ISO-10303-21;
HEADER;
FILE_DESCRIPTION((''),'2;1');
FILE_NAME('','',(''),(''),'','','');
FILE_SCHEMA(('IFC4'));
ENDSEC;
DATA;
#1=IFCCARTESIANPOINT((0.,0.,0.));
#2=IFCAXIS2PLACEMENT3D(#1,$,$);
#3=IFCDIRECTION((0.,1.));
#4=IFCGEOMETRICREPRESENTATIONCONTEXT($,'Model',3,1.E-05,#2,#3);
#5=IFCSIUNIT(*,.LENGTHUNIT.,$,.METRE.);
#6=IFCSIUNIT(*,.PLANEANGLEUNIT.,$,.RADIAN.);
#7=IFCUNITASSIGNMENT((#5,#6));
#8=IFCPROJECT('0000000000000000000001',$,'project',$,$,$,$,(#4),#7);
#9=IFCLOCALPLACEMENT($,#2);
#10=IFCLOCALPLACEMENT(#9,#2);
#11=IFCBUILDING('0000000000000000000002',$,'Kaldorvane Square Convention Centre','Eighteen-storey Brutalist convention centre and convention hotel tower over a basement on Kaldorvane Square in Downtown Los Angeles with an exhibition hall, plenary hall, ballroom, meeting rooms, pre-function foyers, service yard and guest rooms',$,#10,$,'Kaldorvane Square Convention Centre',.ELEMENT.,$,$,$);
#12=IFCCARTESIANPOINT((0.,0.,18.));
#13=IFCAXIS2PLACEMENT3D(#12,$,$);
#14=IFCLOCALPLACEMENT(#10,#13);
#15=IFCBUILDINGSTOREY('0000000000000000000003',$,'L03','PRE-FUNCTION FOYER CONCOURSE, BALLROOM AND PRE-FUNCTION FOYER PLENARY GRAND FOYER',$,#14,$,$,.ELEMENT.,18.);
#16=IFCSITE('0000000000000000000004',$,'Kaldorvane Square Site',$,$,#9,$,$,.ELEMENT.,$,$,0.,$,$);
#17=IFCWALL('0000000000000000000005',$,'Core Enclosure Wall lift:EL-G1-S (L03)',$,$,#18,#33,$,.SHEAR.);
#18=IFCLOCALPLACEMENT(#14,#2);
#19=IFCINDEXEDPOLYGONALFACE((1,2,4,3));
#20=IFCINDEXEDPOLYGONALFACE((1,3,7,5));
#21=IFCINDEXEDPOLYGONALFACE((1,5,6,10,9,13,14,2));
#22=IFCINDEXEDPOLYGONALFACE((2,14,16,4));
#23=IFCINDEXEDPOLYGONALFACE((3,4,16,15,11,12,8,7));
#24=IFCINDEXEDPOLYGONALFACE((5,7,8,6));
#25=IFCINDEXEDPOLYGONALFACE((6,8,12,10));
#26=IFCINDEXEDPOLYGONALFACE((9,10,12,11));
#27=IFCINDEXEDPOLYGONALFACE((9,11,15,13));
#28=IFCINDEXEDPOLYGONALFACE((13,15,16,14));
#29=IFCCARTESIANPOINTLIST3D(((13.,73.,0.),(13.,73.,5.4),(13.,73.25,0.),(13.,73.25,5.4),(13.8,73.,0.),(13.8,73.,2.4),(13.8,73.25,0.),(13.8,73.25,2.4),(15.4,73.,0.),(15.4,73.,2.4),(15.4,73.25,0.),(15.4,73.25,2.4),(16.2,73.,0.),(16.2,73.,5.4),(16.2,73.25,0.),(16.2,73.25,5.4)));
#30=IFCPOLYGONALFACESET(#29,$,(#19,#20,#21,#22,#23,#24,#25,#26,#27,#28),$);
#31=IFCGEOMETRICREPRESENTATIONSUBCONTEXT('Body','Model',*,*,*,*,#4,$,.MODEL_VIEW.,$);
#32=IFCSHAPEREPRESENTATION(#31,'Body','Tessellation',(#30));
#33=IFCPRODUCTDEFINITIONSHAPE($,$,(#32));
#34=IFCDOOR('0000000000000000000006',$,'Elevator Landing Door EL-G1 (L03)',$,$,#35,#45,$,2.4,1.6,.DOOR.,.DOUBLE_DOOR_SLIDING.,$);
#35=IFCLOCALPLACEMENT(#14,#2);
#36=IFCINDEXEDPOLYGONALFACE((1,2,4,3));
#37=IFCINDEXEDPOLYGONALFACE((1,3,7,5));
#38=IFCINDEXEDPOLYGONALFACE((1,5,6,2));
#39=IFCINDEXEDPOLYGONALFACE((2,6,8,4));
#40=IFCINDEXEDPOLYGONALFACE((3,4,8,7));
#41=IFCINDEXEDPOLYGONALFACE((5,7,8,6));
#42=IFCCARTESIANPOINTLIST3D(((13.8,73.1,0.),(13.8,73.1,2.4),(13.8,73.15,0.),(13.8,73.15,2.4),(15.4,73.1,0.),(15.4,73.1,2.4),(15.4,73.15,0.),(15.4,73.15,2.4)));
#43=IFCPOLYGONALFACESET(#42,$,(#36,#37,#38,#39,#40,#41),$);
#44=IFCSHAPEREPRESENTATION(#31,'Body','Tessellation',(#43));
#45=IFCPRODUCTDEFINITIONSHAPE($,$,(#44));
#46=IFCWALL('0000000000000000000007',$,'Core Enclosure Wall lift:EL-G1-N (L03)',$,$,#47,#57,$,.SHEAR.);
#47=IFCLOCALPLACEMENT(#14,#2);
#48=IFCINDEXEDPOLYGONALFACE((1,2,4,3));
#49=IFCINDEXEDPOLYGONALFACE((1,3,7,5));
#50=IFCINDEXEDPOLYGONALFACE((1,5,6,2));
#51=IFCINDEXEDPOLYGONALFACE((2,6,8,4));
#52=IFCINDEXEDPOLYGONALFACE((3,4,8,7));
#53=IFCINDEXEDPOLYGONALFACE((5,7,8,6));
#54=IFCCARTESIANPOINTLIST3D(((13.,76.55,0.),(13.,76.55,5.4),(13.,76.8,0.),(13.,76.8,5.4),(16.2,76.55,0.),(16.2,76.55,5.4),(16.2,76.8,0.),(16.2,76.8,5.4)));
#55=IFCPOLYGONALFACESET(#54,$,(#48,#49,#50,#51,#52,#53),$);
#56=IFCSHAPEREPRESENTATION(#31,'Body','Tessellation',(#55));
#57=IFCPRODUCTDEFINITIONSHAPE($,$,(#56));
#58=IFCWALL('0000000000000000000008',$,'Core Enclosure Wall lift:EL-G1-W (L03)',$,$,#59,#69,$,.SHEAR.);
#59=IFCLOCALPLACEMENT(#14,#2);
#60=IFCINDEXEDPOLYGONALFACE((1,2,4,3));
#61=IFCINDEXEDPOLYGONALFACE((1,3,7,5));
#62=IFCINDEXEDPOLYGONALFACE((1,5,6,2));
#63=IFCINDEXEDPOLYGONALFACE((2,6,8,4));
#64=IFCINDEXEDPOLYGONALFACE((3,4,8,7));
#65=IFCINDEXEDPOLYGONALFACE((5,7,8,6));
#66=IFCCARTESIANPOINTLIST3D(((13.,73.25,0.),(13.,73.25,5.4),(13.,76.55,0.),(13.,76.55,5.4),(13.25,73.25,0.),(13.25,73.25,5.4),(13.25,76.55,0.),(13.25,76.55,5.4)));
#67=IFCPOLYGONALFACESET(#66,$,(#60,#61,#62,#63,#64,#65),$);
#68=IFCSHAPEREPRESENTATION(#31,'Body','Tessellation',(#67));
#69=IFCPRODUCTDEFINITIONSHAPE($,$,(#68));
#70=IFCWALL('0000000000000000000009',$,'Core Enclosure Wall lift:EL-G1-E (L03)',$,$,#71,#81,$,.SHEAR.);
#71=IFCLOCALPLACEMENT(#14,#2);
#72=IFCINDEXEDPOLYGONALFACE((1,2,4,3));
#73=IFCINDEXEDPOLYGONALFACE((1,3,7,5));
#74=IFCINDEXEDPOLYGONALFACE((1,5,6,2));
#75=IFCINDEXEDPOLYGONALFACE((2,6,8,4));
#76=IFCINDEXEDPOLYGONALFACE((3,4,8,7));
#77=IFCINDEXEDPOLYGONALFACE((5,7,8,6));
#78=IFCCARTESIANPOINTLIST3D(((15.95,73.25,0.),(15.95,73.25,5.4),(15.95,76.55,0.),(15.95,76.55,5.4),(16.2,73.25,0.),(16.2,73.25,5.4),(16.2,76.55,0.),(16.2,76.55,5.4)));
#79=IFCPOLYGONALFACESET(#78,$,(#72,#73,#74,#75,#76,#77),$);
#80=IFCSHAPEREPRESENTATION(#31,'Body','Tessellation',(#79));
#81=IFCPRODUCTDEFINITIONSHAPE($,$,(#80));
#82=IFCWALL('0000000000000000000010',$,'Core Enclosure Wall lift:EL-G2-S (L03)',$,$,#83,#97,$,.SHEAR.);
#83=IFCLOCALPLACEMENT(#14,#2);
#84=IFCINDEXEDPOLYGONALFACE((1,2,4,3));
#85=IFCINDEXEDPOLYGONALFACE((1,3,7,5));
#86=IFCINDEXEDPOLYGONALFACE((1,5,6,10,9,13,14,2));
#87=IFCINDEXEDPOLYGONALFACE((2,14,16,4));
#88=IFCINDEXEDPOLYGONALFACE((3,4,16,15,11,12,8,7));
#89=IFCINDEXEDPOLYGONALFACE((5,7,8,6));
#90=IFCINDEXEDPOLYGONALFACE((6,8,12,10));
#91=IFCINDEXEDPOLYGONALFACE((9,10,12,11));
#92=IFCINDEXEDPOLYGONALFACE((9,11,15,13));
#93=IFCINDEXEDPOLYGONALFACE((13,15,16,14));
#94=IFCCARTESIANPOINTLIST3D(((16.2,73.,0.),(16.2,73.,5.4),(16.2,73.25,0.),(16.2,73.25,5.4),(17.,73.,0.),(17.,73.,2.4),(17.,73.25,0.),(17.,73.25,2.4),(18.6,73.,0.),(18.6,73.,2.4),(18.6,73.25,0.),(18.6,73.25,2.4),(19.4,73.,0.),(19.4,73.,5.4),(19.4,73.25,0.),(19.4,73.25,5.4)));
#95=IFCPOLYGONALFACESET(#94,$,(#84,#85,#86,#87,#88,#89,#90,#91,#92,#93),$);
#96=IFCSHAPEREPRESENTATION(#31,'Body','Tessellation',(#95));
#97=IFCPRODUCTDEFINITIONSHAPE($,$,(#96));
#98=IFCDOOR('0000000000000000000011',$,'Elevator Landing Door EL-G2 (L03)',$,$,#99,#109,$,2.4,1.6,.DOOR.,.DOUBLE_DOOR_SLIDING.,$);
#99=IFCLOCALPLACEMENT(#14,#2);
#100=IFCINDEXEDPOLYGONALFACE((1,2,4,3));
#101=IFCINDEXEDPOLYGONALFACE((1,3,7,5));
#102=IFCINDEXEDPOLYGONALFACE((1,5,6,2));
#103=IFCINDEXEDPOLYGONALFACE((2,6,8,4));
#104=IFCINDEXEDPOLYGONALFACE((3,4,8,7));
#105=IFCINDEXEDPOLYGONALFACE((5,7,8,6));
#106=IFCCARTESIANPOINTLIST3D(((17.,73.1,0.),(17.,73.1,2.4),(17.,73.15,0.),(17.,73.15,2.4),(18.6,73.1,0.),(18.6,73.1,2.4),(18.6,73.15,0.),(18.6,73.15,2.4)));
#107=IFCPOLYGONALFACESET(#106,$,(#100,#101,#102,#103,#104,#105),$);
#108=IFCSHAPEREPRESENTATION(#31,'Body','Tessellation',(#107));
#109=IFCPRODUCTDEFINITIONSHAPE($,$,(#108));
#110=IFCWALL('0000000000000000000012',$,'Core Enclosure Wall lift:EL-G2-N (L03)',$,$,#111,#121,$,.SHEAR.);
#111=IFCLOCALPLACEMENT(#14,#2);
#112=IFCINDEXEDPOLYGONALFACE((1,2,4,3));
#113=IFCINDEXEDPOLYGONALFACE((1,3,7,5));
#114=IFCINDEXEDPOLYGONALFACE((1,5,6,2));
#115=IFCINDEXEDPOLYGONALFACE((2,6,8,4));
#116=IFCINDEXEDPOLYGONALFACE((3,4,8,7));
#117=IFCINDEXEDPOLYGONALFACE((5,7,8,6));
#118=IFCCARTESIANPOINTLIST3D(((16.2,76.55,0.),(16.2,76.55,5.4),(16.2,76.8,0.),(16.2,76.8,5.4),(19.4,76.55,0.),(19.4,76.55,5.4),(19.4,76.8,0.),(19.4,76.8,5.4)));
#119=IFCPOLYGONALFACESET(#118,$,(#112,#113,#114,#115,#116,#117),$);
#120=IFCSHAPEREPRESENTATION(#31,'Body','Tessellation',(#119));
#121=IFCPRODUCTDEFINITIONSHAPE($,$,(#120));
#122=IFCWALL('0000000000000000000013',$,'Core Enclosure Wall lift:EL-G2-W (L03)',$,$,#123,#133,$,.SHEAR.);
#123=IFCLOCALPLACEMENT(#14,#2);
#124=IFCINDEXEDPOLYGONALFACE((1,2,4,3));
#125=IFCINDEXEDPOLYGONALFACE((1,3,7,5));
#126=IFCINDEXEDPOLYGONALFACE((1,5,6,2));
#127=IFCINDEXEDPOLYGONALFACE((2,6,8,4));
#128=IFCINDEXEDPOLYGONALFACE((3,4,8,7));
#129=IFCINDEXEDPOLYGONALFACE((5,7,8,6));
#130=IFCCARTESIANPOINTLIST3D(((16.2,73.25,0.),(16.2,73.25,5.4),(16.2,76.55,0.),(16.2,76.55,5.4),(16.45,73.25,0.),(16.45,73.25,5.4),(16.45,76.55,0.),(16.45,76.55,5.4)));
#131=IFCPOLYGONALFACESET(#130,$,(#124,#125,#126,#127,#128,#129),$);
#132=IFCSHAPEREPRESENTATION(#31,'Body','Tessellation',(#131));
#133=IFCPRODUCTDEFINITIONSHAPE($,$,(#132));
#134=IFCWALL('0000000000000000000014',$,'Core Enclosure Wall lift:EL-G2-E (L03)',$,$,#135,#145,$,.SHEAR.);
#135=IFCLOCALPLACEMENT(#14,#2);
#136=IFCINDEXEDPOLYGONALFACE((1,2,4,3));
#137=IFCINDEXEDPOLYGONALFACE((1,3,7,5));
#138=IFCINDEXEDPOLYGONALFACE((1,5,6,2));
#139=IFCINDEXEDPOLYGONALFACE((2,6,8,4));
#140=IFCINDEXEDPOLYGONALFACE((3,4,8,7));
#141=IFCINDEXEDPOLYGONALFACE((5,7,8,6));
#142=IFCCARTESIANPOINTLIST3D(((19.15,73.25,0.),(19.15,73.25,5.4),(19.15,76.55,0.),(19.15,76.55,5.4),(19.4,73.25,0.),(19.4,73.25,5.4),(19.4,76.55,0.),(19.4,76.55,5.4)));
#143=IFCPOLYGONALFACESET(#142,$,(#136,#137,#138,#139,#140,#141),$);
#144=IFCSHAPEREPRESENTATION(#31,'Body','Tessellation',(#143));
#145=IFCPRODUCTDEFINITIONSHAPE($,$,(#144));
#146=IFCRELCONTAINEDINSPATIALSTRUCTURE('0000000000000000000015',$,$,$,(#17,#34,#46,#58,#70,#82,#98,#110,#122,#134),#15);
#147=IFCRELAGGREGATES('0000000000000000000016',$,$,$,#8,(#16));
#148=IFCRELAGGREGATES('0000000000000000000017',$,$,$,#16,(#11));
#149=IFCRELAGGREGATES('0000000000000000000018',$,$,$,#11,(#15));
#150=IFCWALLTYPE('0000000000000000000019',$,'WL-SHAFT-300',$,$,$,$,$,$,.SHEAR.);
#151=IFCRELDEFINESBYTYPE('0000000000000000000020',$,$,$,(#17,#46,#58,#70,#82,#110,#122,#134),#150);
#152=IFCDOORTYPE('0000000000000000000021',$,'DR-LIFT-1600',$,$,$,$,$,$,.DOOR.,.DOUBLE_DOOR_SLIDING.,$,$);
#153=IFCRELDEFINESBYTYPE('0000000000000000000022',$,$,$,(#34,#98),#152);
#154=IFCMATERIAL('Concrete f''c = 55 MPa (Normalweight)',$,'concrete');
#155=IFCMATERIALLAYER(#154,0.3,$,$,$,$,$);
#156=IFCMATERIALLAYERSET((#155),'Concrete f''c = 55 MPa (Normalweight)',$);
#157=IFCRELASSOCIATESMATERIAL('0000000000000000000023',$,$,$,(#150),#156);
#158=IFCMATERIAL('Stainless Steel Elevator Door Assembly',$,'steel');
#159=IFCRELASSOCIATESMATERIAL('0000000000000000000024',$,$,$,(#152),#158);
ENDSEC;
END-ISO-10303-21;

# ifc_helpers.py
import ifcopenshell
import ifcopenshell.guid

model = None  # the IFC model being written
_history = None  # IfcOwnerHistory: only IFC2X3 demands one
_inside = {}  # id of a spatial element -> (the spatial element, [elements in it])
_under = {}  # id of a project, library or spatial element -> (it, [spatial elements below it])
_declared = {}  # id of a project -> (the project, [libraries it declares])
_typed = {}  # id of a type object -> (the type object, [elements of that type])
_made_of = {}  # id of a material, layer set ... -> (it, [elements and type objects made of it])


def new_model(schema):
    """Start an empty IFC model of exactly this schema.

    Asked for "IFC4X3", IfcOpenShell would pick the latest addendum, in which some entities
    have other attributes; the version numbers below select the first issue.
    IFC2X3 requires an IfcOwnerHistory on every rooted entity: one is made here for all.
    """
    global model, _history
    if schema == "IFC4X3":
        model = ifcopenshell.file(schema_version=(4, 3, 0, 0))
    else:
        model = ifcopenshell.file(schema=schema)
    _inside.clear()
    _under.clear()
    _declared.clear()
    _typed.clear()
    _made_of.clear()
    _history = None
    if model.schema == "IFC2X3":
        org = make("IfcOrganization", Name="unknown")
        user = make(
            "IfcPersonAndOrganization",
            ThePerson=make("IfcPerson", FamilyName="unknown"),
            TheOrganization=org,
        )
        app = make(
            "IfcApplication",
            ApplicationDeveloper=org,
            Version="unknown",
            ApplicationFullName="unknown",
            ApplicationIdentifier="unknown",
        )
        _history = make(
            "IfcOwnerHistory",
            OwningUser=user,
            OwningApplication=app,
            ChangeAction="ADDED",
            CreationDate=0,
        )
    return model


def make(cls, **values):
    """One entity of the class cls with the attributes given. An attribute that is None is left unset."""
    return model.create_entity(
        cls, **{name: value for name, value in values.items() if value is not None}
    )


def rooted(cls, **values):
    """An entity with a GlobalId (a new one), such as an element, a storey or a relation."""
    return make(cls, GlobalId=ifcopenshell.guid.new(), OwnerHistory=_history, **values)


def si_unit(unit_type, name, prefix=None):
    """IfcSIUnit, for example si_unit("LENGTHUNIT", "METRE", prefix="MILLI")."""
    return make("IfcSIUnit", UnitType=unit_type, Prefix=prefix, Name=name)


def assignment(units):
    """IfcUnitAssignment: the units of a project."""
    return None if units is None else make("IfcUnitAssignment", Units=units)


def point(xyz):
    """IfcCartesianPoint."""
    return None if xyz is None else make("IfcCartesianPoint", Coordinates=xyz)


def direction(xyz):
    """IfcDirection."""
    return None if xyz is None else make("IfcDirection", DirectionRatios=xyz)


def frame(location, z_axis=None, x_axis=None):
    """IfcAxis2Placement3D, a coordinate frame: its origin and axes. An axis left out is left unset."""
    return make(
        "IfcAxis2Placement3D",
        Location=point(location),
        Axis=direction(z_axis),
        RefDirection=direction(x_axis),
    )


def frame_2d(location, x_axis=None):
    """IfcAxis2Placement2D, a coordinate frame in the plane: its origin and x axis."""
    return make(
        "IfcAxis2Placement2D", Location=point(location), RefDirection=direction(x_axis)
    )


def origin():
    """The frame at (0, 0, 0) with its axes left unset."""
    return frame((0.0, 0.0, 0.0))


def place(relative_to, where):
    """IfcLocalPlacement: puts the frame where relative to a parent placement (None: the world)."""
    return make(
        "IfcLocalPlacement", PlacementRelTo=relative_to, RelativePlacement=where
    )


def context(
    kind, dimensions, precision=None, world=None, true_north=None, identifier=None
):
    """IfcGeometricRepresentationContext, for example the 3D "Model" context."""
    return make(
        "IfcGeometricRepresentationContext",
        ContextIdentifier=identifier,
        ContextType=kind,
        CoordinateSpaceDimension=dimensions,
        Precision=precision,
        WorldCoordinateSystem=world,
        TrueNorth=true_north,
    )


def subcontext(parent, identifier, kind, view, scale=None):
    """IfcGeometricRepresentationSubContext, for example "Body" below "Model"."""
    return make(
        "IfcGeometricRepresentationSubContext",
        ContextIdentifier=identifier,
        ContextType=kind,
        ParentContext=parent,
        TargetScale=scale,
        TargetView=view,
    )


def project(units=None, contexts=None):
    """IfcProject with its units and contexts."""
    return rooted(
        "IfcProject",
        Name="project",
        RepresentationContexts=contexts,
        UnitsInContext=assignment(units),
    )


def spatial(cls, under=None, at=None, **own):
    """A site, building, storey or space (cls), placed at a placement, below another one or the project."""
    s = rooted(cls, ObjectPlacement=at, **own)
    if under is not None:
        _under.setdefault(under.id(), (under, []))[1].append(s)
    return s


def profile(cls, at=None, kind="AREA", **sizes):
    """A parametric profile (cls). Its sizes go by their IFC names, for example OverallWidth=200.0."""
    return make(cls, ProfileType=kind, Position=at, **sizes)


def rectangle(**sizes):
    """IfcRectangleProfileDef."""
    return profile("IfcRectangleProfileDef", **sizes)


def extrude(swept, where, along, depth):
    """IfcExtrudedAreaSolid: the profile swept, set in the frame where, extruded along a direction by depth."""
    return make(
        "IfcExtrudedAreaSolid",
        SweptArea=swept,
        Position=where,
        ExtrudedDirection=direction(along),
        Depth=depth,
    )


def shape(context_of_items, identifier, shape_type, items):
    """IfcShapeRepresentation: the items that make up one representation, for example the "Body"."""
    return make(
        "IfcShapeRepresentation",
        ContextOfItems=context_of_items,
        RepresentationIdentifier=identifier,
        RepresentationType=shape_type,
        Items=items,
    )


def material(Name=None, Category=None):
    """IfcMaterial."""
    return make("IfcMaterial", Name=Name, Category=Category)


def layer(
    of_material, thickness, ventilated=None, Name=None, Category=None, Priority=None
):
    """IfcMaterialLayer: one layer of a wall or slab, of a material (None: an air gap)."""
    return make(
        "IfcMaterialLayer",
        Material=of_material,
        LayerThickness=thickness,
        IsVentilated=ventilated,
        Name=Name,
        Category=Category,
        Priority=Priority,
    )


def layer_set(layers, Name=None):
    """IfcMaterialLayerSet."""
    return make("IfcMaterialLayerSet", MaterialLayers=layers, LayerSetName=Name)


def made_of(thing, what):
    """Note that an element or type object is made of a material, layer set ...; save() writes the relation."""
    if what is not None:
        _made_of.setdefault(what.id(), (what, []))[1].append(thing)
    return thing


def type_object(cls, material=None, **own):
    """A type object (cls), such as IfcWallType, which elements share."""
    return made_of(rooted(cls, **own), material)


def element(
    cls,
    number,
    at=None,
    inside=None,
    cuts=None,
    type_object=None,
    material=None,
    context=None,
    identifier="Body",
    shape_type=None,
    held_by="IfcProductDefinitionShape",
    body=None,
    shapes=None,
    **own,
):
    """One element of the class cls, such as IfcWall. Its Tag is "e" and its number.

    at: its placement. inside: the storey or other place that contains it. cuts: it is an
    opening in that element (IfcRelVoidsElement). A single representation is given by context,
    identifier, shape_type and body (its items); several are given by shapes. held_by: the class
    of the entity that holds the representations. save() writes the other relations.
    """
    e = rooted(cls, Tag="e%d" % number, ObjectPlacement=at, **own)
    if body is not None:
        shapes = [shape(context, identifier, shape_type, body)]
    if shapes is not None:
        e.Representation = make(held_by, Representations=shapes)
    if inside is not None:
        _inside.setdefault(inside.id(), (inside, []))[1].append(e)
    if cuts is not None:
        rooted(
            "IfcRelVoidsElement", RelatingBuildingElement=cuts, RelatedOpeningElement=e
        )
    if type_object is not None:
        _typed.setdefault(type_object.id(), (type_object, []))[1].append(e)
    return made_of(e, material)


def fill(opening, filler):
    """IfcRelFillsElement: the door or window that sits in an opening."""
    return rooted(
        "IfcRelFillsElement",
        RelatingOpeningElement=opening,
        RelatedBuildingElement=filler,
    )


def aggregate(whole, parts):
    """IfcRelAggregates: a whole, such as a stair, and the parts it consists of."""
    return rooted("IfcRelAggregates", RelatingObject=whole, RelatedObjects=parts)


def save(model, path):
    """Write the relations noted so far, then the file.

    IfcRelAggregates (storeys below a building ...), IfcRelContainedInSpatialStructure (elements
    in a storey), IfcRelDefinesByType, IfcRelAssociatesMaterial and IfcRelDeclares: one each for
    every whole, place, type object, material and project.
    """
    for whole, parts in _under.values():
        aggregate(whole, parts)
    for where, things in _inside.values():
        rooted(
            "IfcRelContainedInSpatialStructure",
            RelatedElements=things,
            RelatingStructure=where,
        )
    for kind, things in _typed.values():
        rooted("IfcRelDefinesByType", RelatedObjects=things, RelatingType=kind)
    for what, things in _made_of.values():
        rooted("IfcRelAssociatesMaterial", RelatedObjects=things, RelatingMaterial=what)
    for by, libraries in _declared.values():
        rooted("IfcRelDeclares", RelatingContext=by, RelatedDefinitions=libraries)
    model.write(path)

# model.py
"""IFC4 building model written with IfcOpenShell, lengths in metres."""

from ifc_helpers import new_model, si_unit, direction, frame, frame_2d, origin, place, context, subcontext, project, spatial, rectangle, extrude, material, layer, layer_set, type_object, element, fill, save


model = new_model("IFC4")

# Units and contexts
model_context = context("Model", 3, precision=1e-05, world=origin(), true_north=direction((0.0, 1.0)))
body_context = subcontext(model_context, "Body", "Model", "MODEL_VIEW")
ifc_project = project(units=[si_unit("LENGTHUNIT", "METRE"), si_unit("PLANEANGLEUNIT", "RADIAN")], contexts=[model_context])

# Site, building, storey
site_placement = place(None, origin())
site = spatial("IfcSite", under=ifc_project, at=site_placement, Name="Kaldorvane Square Site", CompositionType="ELEMENT", RefElevation=0.0)
building_placement = place(site_placement, origin())
building = spatial("IfcBuilding", under=site, at=building_placement, Name="Kaldorvane Square Convention Centre", Description="Eighteen-storey Brutalist convention centre and convention hotel tower over a basement on Kaldorvane Square in Downtown Los Angeles with an exhibition hall, plenary hall, ballroom, meeting rooms, pre-function foyers, service yard and guest rooms", LongName="Kaldorvane Square Convention Centre", CompositionType="ELEMENT")
storey_placement = place(building_placement, frame((0.0, 0.0, 18.0)))
storey = spatial("IfcBuildingStorey", under=building, at=storey_placement, Name="L03", Description="PRE-FUNCTION FOYER CONCOURSE, BALLROOM AND PRE-FUNCTION FOYER PLENARY GRAND FOYER", CompositionType="ELEMENT", Elevation=18.0)

# Shared definitions
ifc_material_1 = material(Name="Concrete f'c = 55 MPa (Normalweight)", Category="concrete")

# Wall, opening, door
ifc_layer_1 = layer(ifc_material_1, 0.3)
ifc_layer_set_1 = layer_set([ifc_layer_1], Name="Concrete f'c = 55 MPa (Normalweight)")
wall_type_1 = type_object("IfcWallType", Name="WL-SHAFT-300", PredefinedType="SHEAR", material=ifc_layer_set_1)
wall_1_placement = place(storey_placement, frame((13.0, 73.125, 0.0), z_axis=(0.0, 0.0, 1.0), x_axis=(1.0, 0.0, 0.0)))
wall_1 = element("IfcWall", 1, at=wall_1_placement, inside=storey, type_object=wall_type_1, Name="Core Enclosure Wall lift:EL-G1-S (L03)", PredefinedType="SHEAR", context=body_context, shape_type="SweptSolid", body=[
    extrude(rectangle(XDim=3.2, YDim=0.25, at=frame_2d((1.6, 0.0))), origin(), (0.0, 0.0, 1.0), 5.4),
])
opening_1_placement = place(wall_1_placement, frame((0.8, 0.0, 0.0)))
opening_1 = element("IfcOpeningElement", 2, at=opening_1_placement, cuts=wall_1, PredefinedType="OPENING", context=body_context, shape_type="SweptSolid", body=[
    extrude(rectangle(XDim=1.6, YDim=2.4, at=frame_2d((0.8, 1.2))), frame((0.0, 0.14, 0.0), z_axis=(0.0, -1.0, 0.0), x_axis=(1.0, 0.0, 0.0)), (0.0, 0.0, 1.0), 0.28),
])
ifc_material_2 = material(Name="Stainless Steel Elevator Door Assembly", Category="steel")
door_type_1 = type_object("IfcDoorType", Name="DR-LIFT-1600", OperationType="DOUBLE_DOOR_SLIDING", PredefinedType="DOOR", material=ifc_material_2)
door_1_placement = place(opening_1_placement, origin())
door_1 = element("IfcDoor", 3, at=door_1_placement, inside=storey, type_object=door_type_1, Name="Elevator Landing Door EL-G1 (L03)", OperationType="DOUBLE_DOOR_SLIDING", OverallHeight=2.4, OverallWidth=1.6, PredefinedType="DOOR", context=body_context, shape_type="SweptSolid", body=[
    extrude(rectangle(XDim=1.6, YDim=2.4, at=frame_2d((0.8, 1.2))), frame((0.0, 0.025, 0.0), z_axis=(0.0, -1.0, 0.0), x_axis=(1.0, 0.0, 0.0)), (0.0, 0.0, 1.0), 0.05),
])
fill(opening_1, door_1)

# Walls
wall_2_placement = place(storey_placement, frame((16.2, 76.675, 0.0), z_axis=(0.0, 0.0, 1.0), x_axis=(-1.0, 0.0, 0.0)))
element("IfcWall", 4, at=wall_2_placement, inside=storey, type_object=wall_type_1, Name="Core Enclosure Wall lift:EL-G1-N (L03)", PredefinedType="SHEAR", context=body_context, shape_type="SweptSolid", body=[
    extrude(rectangle(XDim=3.2, YDim=0.25, at=frame_2d((1.6, 0.0))), origin(), (0.0, 0.0, 1.0), 5.4),
])
for number, where, z_axis, x_axis, name in (
    (5, (13.125, 76.55, 0.0), (0.0, 0.0, 1.0), (0.0, -1.0, 0.0), "Core Enclosure Wall lift:EL-G1-W (L03)"),
    (6, (16.075, 73.25, 0.0), (0.0, 0.0, 1.0), (0.0, 1.0, 0.0), "Core Enclosure Wall lift:EL-G1-E (L03)"),
):
    element("IfcWall", number, at=place(storey_placement, frame(where, z_axis=z_axis, x_axis=x_axis)), inside=storey, type_object=wall_type_1, Name=name, PredefinedType="SHEAR", context=body_context, shape_type="SweptSolid", body=[
        extrude(rectangle(XDim=3.3, YDim=0.25, at=frame_2d((1.65, 0.0))), origin(), (0.0, 0.0, 1.0), 5.4),
    ])

# Wall, opening, door
wall_3_placement = place(storey_placement, frame((16.2, 73.125, 0.0), z_axis=(0.0, 0.0, 1.0), x_axis=(1.0, 0.0, 0.0)))
wall_3 = element("IfcWall", 7, at=wall_3_placement, inside=storey, type_object=wall_type_1, Name="Core Enclosure Wall lift:EL-G2-S (L03)", PredefinedType="SHEAR", context=body_context, shape_type="SweptSolid", body=[
    extrude(rectangle(XDim=3.2, YDim=0.25, at=frame_2d((1.6, 0.0))), origin(), (0.0, 0.0, 1.0), 5.4),
])
opening_2_placement = place(wall_3_placement, frame((0.8, 0.0, 0.0)))
opening_2 = element("IfcOpeningElement", 8, at=opening_2_placement, cuts=wall_3, PredefinedType="OPENING", context=body_context, shape_type="SweptSolid", body=[
    extrude(rectangle(XDim=1.6, YDim=2.4, at=frame_2d((0.8, 1.2))), frame((0.0, 0.14, 0.0), z_axis=(0.0, -1.0, 0.0), x_axis=(1.0, 0.0, 0.0)), (0.0, 0.0, 1.0), 0.28),
])
door_2_placement = place(opening_2_placement, origin())
door_2 = element("IfcDoor", 9, at=door_2_placement, inside=storey, type_object=door_type_1, Name="Elevator Landing Door EL-G2 (L03)", OperationType="DOUBLE_DOOR_SLIDING", OverallHeight=2.4, OverallWidth=1.6, PredefinedType="DOOR", context=body_context, shape_type="SweptSolid", body=[
    extrude(rectangle(XDim=1.6, YDim=2.4, at=frame_2d((0.8, 1.2))), frame((0.0, 0.025, 0.0), z_axis=(0.0, -1.0, 0.0), x_axis=(1.0, 0.0, 0.0)), (0.0, 0.0, 1.0), 0.05),
])
fill(opening_2, door_2)

# Walls
wall_4_placement = place(storey_placement, frame((19.4, 76.675, 0.0), z_axis=(0.0, 0.0, 1.0), x_axis=(-1.0, 0.0, 0.0)))
element("IfcWall", 10, at=wall_4_placement, inside=storey, type_object=wall_type_1, Name="Core Enclosure Wall lift:EL-G2-N (L03)", PredefinedType="SHEAR", context=body_context, shape_type="SweptSolid", body=[
    extrude(rectangle(XDim=3.2, YDim=0.25, at=frame_2d((1.6, 0.0))), origin(), (0.0, 0.0, 1.0), 5.4),
])
for number, where, z_axis, x_axis, name in (
    (11, (16.325, 76.55, 0.0), (0.0, 0.0, 1.0), (0.0, -1.0, 0.0), "Core Enclosure Wall lift:EL-G2-W (L03)"),
    (12, (19.275, 73.25, 0.0), (0.0, 0.0, 1.0), (0.0, 1.0, 0.0), "Core Enclosure Wall lift:EL-G2-E (L03)"),
):
    element("IfcWall", number, at=place(storey_placement, frame(where, z_axis=z_axis, x_axis=x_axis)), inside=storey, type_object=wall_type_1, Name=name, PredefinedType="SHEAR", context=body_context, shape_type="SweptSolid", body=[
        extrude(rectangle(XDim=3.3, YDim=0.25, at=frame_2d((1.65, 0.0))), origin(), (0.0, 0.0, 1.0), 5.4),
    ])

save(model, "model.ifc")
